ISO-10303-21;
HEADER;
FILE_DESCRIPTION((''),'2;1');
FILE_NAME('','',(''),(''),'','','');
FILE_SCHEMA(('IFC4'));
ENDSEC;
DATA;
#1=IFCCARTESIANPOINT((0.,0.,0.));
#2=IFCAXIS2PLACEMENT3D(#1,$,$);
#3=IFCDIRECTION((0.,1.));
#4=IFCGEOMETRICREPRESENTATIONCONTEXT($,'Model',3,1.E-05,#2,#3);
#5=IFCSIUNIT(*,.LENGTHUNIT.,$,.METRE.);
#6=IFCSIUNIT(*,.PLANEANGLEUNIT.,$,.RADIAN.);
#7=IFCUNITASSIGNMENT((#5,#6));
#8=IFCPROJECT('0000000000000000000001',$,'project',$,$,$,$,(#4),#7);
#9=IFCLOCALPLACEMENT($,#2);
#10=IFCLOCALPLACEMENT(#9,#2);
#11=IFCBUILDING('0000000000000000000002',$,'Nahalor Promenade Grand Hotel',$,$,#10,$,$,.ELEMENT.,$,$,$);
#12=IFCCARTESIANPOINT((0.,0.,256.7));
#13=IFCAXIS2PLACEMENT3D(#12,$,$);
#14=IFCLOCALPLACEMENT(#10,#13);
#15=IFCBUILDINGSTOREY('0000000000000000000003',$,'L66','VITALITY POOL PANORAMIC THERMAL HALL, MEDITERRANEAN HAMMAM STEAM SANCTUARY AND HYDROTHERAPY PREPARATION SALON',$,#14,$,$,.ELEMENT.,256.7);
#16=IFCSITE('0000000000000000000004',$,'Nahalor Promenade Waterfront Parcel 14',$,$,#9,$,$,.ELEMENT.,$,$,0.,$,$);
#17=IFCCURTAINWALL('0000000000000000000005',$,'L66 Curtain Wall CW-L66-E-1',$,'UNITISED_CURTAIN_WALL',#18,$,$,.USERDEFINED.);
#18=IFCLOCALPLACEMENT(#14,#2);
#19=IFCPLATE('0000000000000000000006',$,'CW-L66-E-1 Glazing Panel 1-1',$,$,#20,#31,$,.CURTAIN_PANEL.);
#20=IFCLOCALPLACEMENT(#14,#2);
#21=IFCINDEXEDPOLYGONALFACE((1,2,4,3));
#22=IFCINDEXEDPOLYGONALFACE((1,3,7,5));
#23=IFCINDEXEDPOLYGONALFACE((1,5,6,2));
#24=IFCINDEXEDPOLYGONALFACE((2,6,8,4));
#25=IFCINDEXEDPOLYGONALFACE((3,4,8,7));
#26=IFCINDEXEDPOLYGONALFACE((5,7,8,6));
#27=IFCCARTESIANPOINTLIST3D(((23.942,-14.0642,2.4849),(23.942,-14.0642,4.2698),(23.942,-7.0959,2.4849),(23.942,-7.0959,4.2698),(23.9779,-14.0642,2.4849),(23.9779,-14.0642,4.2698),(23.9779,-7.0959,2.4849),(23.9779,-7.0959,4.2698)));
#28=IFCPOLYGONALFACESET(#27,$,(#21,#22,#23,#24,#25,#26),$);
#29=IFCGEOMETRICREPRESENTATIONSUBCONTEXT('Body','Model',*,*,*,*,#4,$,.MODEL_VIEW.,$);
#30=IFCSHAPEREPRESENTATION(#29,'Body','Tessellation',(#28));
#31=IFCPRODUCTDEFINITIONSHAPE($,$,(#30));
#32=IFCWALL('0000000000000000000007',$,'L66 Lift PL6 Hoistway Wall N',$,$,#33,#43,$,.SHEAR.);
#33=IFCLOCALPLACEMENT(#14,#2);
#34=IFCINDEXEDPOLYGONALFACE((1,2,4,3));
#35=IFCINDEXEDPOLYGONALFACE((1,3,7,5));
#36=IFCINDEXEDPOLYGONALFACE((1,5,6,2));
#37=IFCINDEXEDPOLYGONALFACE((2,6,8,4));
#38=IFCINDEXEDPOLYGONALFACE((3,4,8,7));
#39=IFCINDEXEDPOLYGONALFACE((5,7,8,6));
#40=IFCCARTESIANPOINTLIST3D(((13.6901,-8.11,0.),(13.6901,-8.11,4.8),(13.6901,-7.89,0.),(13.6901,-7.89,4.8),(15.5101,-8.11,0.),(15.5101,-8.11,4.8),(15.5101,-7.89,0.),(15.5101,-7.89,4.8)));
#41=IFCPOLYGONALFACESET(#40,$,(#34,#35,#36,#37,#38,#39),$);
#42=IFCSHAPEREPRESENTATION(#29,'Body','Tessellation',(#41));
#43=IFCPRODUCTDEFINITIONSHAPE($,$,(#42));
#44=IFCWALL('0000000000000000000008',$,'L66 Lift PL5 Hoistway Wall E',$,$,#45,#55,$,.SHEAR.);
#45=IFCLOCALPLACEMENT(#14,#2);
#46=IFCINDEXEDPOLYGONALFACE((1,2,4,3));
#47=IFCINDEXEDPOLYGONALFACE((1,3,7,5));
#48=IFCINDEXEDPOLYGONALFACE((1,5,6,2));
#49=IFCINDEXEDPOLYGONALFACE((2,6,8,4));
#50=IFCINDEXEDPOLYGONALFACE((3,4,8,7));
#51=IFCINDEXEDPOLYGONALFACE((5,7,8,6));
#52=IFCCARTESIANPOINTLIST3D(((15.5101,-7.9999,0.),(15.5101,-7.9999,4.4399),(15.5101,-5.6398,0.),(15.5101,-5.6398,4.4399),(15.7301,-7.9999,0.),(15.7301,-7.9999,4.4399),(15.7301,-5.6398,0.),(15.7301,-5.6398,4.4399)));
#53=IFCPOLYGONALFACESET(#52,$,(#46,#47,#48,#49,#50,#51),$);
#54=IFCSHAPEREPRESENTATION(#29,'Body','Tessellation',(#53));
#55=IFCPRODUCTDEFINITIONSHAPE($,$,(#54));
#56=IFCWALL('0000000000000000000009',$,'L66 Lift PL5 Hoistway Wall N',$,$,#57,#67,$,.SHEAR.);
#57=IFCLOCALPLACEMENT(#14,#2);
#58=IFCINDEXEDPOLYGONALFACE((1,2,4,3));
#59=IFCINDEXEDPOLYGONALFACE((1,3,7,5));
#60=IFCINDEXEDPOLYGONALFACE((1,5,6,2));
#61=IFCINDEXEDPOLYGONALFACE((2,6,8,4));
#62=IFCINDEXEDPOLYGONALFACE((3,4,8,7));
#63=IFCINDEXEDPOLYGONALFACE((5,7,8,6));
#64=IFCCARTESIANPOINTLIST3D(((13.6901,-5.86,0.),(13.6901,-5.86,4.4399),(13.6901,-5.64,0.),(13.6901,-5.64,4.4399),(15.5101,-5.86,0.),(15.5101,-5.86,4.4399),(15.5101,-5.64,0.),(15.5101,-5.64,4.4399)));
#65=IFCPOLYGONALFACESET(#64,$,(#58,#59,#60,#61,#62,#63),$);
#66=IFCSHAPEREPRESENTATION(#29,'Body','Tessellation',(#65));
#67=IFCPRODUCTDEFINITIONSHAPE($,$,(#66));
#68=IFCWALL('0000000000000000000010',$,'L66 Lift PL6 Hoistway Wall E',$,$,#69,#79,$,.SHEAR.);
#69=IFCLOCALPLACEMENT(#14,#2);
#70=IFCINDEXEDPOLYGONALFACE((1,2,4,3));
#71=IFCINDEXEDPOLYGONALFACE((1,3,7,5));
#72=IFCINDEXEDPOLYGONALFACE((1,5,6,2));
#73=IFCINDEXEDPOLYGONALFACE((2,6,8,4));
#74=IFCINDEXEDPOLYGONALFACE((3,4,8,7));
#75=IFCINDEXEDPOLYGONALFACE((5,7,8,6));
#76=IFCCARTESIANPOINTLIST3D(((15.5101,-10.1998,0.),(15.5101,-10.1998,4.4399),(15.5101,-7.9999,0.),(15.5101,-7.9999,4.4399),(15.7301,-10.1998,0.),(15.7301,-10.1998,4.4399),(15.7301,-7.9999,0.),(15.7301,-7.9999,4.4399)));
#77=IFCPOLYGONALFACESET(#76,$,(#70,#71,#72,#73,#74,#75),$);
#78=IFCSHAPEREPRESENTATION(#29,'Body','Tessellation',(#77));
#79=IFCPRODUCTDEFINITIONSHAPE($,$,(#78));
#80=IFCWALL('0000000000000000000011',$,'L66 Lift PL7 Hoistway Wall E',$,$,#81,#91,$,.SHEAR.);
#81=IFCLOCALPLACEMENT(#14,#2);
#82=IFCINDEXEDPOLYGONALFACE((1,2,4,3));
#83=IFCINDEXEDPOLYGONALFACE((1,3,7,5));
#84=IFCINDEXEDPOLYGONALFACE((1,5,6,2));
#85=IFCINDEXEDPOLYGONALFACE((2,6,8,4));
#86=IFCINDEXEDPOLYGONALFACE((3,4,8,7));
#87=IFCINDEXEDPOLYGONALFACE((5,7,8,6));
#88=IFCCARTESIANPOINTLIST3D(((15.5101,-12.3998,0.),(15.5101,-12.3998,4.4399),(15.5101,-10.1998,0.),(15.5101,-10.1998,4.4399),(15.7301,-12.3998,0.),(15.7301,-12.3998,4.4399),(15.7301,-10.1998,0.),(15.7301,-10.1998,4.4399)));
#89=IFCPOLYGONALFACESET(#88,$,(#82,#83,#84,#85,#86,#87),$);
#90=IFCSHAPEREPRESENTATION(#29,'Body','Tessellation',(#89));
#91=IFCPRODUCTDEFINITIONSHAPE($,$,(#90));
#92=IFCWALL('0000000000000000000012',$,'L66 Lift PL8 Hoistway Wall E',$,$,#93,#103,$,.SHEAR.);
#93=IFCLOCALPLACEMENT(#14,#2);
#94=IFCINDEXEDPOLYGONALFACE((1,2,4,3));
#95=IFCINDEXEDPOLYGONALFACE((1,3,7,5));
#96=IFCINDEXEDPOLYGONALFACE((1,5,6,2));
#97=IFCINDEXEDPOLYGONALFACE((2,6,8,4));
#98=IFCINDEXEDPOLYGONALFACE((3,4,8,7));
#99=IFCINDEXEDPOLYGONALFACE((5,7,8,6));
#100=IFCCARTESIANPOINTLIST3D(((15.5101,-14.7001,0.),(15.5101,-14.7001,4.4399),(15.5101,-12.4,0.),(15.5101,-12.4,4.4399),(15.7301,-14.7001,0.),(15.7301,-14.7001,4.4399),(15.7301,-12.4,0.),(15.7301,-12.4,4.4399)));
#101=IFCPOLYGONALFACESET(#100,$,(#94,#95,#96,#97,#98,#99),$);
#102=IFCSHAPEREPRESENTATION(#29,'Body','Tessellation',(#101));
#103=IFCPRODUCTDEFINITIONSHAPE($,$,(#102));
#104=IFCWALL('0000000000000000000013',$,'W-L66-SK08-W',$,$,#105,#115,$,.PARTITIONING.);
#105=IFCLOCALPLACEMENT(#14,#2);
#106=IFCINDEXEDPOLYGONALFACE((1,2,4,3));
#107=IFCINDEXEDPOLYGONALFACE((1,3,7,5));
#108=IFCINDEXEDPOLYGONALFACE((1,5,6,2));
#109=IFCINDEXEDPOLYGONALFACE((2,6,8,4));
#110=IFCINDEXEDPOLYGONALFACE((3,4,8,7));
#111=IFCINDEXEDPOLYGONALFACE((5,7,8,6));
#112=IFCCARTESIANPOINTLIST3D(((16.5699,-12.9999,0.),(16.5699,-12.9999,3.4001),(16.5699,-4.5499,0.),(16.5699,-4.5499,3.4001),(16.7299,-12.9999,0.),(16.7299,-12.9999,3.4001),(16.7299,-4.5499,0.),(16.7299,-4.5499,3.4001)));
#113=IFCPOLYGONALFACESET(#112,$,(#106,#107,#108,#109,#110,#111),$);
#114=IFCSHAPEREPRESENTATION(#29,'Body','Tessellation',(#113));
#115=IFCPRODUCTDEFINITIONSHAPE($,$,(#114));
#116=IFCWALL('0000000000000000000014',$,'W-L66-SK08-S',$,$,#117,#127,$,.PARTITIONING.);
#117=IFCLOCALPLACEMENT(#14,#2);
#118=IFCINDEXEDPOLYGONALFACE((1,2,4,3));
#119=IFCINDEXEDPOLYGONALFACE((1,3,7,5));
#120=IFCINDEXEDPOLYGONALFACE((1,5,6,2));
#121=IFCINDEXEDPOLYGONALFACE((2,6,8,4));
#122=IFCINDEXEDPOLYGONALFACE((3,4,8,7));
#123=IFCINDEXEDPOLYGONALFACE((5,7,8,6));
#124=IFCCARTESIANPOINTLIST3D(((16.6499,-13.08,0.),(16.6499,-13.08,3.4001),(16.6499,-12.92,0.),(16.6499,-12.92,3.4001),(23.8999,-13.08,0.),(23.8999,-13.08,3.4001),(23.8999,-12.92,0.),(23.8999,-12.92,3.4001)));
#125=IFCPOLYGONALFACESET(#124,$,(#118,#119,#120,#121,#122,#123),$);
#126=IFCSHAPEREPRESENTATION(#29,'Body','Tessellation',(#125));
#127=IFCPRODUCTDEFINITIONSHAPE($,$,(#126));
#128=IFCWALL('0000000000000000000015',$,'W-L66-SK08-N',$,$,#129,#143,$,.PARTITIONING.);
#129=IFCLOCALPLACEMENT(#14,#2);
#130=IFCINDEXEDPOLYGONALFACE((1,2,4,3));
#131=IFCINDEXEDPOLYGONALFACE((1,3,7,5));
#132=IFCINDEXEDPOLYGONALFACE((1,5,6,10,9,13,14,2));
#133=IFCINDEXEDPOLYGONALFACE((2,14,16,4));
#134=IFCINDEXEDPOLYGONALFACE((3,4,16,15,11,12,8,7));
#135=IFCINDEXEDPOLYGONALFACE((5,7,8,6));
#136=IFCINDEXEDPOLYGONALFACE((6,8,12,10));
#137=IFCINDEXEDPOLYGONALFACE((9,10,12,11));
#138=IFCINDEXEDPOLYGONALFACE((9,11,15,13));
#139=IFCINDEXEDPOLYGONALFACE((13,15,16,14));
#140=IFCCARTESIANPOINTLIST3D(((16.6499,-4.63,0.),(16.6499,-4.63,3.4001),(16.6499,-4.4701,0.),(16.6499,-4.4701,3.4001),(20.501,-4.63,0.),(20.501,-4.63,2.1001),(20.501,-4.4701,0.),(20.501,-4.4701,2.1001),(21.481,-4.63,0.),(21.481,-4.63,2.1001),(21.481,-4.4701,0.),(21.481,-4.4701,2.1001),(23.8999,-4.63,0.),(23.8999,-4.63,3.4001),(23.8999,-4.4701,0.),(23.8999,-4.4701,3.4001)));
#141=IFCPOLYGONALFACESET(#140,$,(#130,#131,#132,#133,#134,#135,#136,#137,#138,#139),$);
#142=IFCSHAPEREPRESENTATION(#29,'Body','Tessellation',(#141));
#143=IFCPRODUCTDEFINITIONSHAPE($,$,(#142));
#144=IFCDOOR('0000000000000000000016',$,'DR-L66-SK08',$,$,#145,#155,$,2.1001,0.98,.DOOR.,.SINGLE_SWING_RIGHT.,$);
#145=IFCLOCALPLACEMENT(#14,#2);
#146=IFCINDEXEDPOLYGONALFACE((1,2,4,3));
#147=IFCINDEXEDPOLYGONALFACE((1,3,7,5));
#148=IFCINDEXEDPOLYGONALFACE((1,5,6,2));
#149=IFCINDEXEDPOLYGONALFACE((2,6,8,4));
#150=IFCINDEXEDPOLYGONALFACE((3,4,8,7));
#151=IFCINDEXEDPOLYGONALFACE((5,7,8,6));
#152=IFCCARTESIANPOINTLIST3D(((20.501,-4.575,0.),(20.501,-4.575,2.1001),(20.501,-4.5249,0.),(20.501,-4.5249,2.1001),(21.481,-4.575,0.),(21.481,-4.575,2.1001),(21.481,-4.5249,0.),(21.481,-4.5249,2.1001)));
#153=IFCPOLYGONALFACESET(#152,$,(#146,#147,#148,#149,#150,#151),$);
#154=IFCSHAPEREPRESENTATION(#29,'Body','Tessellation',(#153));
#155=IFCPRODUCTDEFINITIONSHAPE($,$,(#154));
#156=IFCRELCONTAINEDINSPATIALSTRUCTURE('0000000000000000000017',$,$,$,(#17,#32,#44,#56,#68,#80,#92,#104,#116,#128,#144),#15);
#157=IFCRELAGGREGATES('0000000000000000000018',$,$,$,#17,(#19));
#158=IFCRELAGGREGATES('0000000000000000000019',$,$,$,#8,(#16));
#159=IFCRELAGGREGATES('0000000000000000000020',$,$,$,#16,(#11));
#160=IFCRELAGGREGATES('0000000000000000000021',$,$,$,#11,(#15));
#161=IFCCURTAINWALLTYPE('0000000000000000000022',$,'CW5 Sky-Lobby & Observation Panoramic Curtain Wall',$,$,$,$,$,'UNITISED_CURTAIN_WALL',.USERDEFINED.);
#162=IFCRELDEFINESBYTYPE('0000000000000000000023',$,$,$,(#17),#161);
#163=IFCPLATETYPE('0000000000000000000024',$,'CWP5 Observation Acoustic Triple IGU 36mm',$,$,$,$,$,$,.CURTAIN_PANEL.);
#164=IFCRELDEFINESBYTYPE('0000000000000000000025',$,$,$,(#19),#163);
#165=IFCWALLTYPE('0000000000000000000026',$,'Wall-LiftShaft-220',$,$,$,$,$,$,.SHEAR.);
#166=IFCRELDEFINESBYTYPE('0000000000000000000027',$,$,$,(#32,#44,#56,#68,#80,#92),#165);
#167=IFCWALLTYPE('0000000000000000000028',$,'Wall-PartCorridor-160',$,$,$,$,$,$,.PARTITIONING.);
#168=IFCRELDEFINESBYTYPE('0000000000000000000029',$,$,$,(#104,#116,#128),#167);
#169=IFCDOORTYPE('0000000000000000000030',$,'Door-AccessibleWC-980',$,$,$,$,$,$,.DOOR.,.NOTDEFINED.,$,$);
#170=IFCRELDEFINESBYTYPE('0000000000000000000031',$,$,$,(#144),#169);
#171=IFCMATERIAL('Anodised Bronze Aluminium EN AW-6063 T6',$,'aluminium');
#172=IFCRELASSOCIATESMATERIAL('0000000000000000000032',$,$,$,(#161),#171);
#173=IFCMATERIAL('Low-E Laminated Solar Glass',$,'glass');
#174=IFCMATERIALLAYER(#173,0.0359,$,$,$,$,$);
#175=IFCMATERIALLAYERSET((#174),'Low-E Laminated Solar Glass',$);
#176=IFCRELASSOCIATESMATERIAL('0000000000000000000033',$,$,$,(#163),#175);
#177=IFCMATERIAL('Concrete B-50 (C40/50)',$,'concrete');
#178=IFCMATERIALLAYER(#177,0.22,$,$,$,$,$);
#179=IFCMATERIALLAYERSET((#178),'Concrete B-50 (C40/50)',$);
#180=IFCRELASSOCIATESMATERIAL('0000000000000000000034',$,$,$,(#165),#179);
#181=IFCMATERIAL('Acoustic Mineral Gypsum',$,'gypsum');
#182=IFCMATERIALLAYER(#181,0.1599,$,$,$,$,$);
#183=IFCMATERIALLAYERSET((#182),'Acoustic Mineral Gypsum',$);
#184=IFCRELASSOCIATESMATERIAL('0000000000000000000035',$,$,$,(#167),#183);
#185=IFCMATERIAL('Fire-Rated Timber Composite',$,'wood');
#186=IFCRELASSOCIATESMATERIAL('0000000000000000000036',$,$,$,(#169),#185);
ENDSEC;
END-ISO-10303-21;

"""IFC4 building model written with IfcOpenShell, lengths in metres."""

from ifc_helpers import new_model, si_unit, direction, frame, frame_2d, origin, origin_2d, place, context, subcontext, project, spatial, rectangle, extrude, source, transform, mapped, material, layer, layer_set, type_object, element, fill, aggregate, save


model = new_model("IFC4")

# Units and contexts
model_context = context("Model", 3, precision=1e-05, world=origin(), true_north=direction((0.0, 1.0)))
body_context = subcontext(model_context, "Body", "Model", "MODEL_VIEW")
ifc_project = project(units=[si_unit("LENGTHUNIT", "METRE"), si_unit("PLANEANGLEUNIT", "RADIAN")], contexts=[model_context])

# Site, building, storey
site_placement = place(None, origin())
site = spatial("IfcSite", under=ifc_project, at=site_placement, Name="Nahalor Promenade Waterfront Parcel 14", CompositionType="ELEMENT", RefElevation=0.0)
building_placement = place(site_placement, origin())
building = spatial("IfcBuilding", under=site, at=building_placement, Name="Nahalor Promenade Grand Hotel", CompositionType="ELEMENT")
storey_placement = place(building_placement, frame((0.0, 0.0, 256.7)))
storey = spatial("IfcBuildingStorey", under=building, at=storey_placement, Name="L66", Description="VITALITY POOL PANORAMIC THERMAL HALL, MEDITERRANEAN HAMMAM STEAM SANCTUARY AND HYDROTHERAPY PREPARATION SALON", CompositionType="ELEMENT", Elevation=256.7)

# Curtain wall, plate
ifc_material_1 = material(Name="Anodised Bronze Aluminium EN AW-6063 T6", Category="aluminium")
curtain_wall_type = type_object("IfcCurtainWallType", Name="CW5 Sky-Lobby & Observation Panoramic Curtain Wall", ElementType="UNITISED_CURTAIN_WALL", PredefinedType="USERDEFINED", material=ifc_material_1)
curtain_wall_placement = place(storey_placement, origin())
curtain_wall = element("IfcCurtainWall", 1, at=curtain_wall_placement, inside=storey, type_object=curtain_wall_type, Name="L66 Curtain Wall CW-L66-E-1", ObjectType="UNITISED_CURTAIN_WALL", PredefinedType="USERDEFINED")
ifc_material_2 = material(Name="Low-E Laminated Solar Glass", Category="glass")
ifc_layer_1 = layer(ifc_material_2, 0.0359)
ifc_layer_set_1 = layer_set([ifc_layer_1], Name="Low-E Laminated Solar Glass")
plate_type = type_object("IfcPlateType", Name="CWP5 Observation Acoustic Triple IGU 36mm", PredefinedType="CURTAIN_PANEL", material=ifc_layer_set_1)
shared_shape_1 = source(origin(), body_context, "Body", "SweptSolid", [
    extrude(rectangle(XDim=6.9683, YDim=0.0359, at=origin_2d()), origin(), (0.0, 0.0, 1.0), 1.7849),
])
plate_1_placement = place(storey_placement, frame((23.96, -10.5801, 2.4849), z_axis=(0.0, 0.0, 1.0), x_axis=(0.0, 1.0, 0.0)))
plate_1 = element("IfcPlate", 2, at=plate_1_placement, type_object=plate_type, Name="CW-L66-E-1 Glazing Panel 1-1", PredefinedType="CURTAIN_PANEL", context=body_context, shape_type="MappedRepresentation", body=[
    mapped(shared_shape_1, transform((0.0, 0.0, 0.0), scale=1.0)),
])
aggregate(curtain_wall, [plate_1])

# Walls
ifc_material_3 = material(Name="Concrete B-50 (C40/50)", Category="concrete")
ifc_layer_2 = layer(ifc_material_3, 0.22)
ifc_layer_set_2 = layer_set([ifc_layer_2], Name="Concrete B-50 (C40/50)")
wall_type_1 = type_object("IfcWallType", Name="Wall-LiftShaft-220", PredefinedType="SHEAR", material=ifc_layer_set_2)
shared_shape_2 = source(origin(), body_context, "Body", "SweptSolid", [
    extrude(rectangle(XDim=1.8201, YDim=0.22, at=frame_2d((0.9102, 0.0))), origin(), (0.0, 0.0, 1.0), 4.8),
])
wall_1_placement = place(storey_placement, frame((13.6899, -8.0, 0.0), z_axis=(0.0, 0.0, 1.0), x_axis=(1.0, 0.0, 0.0)))
element("IfcWall", 3, at=wall_1_placement, inside=storey, type_object=wall_type_1, Name="L66 Lift PL6 Hoistway Wall N", PredefinedType="SHEAR", context=body_context, shape_type="MappedRepresentation", body=[
    mapped(shared_shape_2, transform((0.0, 0.0, 0.0), scale=1.0)),
])
shared_shape_3 = source(origin(), body_context, "Body", "SweptSolid", [
    extrude(rectangle(XDim=2.3601, YDim=0.22, at=frame_2d((1.1802, 0.0))), origin(), (0.0, 0.0, 1.0), 4.4399),
])
wall_2_placement = place(storey_placement, frame((15.6201, -8.0, 0.0), z_axis=(0.0, 0.0, 1.0), x_axis=(0.0, 1.0, 0.0)))
element("IfcWall", 4, at=wall_2_placement, inside=storey, type_object=wall_type_1, Name="L66 Lift PL5 Hoistway Wall E", PredefinedType="SHEAR", context=body_context, shape_type="MappedRepresentation", body=[
    mapped(shared_shape_3, transform((0.0, 0.0, 0.0), scale=1.0)),
])
shared_shape_4 = source(origin(), body_context, "Body", "SweptSolid", [
    extrude(rectangle(XDim=1.8201, YDim=0.22, at=frame_2d((0.9102, 0.0))), origin(), (0.0, 0.0, 1.0), 4.4399),
])
wall_3_placement = place(storey_placement, frame((13.6899, -5.75, 0.0), z_axis=(0.0, 0.0, 1.0), x_axis=(1.0, 0.0, 0.0)))
element("IfcWall", 5, at=wall_3_placement, inside=storey, type_object=wall_type_1, Name="L66 Lift PL5 Hoistway Wall N", PredefinedType="SHEAR", context=body_context, shape_type="MappedRepresentation", body=[
    mapped(shared_shape_4, transform((0.0, 0.0, 0.0), scale=1.0)),
])
shared_shape_5 = source(origin(), body_context, "Body", "SweptSolid", [
    extrude(rectangle(XDim=2.2, YDim=0.22, at=frame_2d((1.1001, 0.0))), origin(), (0.0, 0.0, 1.0), 4.4399),
])
for number, where, z_axis, x_axis, name in (
    (6, (15.6201, -10.2, 0.0), (0.0, 0.0, 1.0), (0.0, 1.0, 0.0), "L66 Lift PL6 Hoistway Wall E"),
    (7, (15.6201, -12.3999, 0.0), (0.0, 0.0, 1.0), (0.0, 1.0, 0.0), "L66 Lift PL7 Hoistway Wall E"),
):
    element("IfcWall", number, at=place(storey_placement, frame(where, z_axis=z_axis, x_axis=x_axis)), inside=storey, type_object=wall_type_1, Name=name, PredefinedType="SHEAR", context=body_context, shape_type="MappedRepresentation", body=[
        mapped(shared_shape_5, transform((0.0, 0.0, 0.0), scale=1.0)),
    ])
shared_shape_6 = source(origin(), body_context, "Body", "SweptSolid", [
    extrude(rectangle(XDim=2.3, YDim=0.22, at=frame_2d((1.1499, 0.0))), origin(), (0.0, 0.0, 1.0), 4.4399),
])
wall_4_placement = place(storey_placement, frame((15.6201, -14.7, 0.0), z_axis=(0.0, 0.0, 1.0), x_axis=(0.0, 1.0, 0.0)))
element("IfcWall", 8, at=wall_4_placement, inside=storey, type_object=wall_type_1, Name="L66 Lift PL8 Hoistway Wall E", PredefinedType="SHEAR", context=body_context, shape_type="MappedRepresentation", body=[
    mapped(shared_shape_6, transform((0.0, 0.0, 0.0), scale=1.0)),
])
ifc_material_4 = material(Name="Acoustic Mineral Gypsum", Category="gypsum")
ifc_layer_3 = layer(ifc_material_4, 0.1599)
ifc_layer_set_3 = layer_set([ifc_layer_3], Name="Acoustic Mineral Gypsum")
wall_type_2 = type_object("IfcWallType", Name="Wall-PartCorridor-160", PredefinedType="PARTITIONING", material=ifc_layer_set_3)
shared_shape_7 = source(origin(), body_context, "Body", "SweptSolid", [
    extrude(rectangle(XDim=8.45, YDim=0.1599, at=frame_2d((4.2251, 0.0))), origin(), (0.0, 0.0, 1.0), 3.4001),
])
wall_5_placement = place(storey_placement, frame((16.6499, -13.0, 0.0), z_axis=(0.0, 0.0, 1.0), x_axis=(0.0, 1.0, 0.0)))
element("IfcWall", 9, at=wall_5_placement, inside=storey, type_object=wall_type_2, Name="W-L66-SK08-W", PredefinedType="PARTITIONING", context=body_context, shape_type="MappedRepresentation", body=[
    mapped(shared_shape_7, transform((0.0, 0.0, 0.0), scale=1.0)),
])
shared_shape_8 = source(origin(), body_context, "Body", "SweptSolid", [
    extrude(rectangle(XDim=7.25, YDim=0.1599, at=frame_2d((3.625, 0.0))), origin(), (0.0, 0.0, 1.0), 3.4001),
])
wall_6_placement = place(storey_placement, frame((16.6499, -13.0, 0.0), z_axis=(0.0, 0.0, 1.0), x_axis=(1.0, 0.0, 0.0)))
element("IfcWall", 10, at=wall_6_placement, inside=storey, type_object=wall_type_2, Name="W-L66-SK08-S", PredefinedType="PARTITIONING", context=body_context, shape_type="MappedRepresentation", body=[
    mapped(shared_shape_8, transform((0.0, 0.0, 0.0), scale=1.0)),
])

# Wall, opening, door
wall_7_placement = place(storey_placement, frame((16.6499, -4.55, 0.0), z_axis=(0.0, 0.0, 1.0), x_axis=(1.0, 0.0, 0.0)))
wall_7 = element("IfcWall", 11, at=wall_7_placement, inside=storey, type_object=wall_type_2, Name="W-L66-SK08-N", PredefinedType="PARTITIONING", context=body_context, shape_type="MappedRepresentation", body=[
    mapped(shared_shape_8, transform((0.0, 0.0, 0.0), scale=1.0)),
])
opening_placement = place(wall_7_placement, frame((3.8511, 0.0, 0.0)))
opening = element("IfcOpeningElement", 12, at=opening_placement, cuts=wall_7, PredefinedType="OPENING", context=body_context, shape_type="SweptSolid", body=[
    extrude(rectangle(XDim=0.98, YDim=2.1001, at=frame_2d((0.49, 1.05))), frame((0.0, 0.0898, 0.0), z_axis=(0.0, -1.0, 0.0), x_axis=(1.0, 0.0, 0.0)), (0.0, 0.0, 1.0), 0.1799),
])
ifc_material_5 = material(Name="Fire-Rated Timber Composite", Category="wood")
door_type = type_object("IfcDoorType", Name="Door-AccessibleWC-980", OperationType="NOTDEFINED", PredefinedType="DOOR", material=ifc_material_5)
shared_shape_9 = source(origin(), body_context, "Body", "SweptSolid", [
    extrude(rectangle(XDim=0.98, YDim=2.1001, at=frame_2d((0.49, 1.05))), frame((0.0, 0.0249, 0.0), z_axis=(0.0, -1.0, 0.0), x_axis=(1.0, 0.0, 0.0)), (0.0, 0.0, 1.0), 0.05),
])
door_placement = place(opening_placement, frame((0.98, 0.0, 0.0), z_axis=(0.0, 0.0, 1.0), x_axis=(-1.0, 0.0, 0.0)))
door = element("IfcDoor", 13, at=door_placement, inside=storey, type_object=door_type, Name="DR-L66-SK08", OperationType="SINGLE_SWING_RIGHT", OverallHeight=2.1001, OverallWidth=0.98, PredefinedType="DOOR", context=body_context, shape_type="MappedRepresentation", body=[
    mapped(shared_shape_9, transform((0.0, 0.0, 0.0), scale=1.0)),
])
fill(opening, door)

save(model, "model.ifc")
